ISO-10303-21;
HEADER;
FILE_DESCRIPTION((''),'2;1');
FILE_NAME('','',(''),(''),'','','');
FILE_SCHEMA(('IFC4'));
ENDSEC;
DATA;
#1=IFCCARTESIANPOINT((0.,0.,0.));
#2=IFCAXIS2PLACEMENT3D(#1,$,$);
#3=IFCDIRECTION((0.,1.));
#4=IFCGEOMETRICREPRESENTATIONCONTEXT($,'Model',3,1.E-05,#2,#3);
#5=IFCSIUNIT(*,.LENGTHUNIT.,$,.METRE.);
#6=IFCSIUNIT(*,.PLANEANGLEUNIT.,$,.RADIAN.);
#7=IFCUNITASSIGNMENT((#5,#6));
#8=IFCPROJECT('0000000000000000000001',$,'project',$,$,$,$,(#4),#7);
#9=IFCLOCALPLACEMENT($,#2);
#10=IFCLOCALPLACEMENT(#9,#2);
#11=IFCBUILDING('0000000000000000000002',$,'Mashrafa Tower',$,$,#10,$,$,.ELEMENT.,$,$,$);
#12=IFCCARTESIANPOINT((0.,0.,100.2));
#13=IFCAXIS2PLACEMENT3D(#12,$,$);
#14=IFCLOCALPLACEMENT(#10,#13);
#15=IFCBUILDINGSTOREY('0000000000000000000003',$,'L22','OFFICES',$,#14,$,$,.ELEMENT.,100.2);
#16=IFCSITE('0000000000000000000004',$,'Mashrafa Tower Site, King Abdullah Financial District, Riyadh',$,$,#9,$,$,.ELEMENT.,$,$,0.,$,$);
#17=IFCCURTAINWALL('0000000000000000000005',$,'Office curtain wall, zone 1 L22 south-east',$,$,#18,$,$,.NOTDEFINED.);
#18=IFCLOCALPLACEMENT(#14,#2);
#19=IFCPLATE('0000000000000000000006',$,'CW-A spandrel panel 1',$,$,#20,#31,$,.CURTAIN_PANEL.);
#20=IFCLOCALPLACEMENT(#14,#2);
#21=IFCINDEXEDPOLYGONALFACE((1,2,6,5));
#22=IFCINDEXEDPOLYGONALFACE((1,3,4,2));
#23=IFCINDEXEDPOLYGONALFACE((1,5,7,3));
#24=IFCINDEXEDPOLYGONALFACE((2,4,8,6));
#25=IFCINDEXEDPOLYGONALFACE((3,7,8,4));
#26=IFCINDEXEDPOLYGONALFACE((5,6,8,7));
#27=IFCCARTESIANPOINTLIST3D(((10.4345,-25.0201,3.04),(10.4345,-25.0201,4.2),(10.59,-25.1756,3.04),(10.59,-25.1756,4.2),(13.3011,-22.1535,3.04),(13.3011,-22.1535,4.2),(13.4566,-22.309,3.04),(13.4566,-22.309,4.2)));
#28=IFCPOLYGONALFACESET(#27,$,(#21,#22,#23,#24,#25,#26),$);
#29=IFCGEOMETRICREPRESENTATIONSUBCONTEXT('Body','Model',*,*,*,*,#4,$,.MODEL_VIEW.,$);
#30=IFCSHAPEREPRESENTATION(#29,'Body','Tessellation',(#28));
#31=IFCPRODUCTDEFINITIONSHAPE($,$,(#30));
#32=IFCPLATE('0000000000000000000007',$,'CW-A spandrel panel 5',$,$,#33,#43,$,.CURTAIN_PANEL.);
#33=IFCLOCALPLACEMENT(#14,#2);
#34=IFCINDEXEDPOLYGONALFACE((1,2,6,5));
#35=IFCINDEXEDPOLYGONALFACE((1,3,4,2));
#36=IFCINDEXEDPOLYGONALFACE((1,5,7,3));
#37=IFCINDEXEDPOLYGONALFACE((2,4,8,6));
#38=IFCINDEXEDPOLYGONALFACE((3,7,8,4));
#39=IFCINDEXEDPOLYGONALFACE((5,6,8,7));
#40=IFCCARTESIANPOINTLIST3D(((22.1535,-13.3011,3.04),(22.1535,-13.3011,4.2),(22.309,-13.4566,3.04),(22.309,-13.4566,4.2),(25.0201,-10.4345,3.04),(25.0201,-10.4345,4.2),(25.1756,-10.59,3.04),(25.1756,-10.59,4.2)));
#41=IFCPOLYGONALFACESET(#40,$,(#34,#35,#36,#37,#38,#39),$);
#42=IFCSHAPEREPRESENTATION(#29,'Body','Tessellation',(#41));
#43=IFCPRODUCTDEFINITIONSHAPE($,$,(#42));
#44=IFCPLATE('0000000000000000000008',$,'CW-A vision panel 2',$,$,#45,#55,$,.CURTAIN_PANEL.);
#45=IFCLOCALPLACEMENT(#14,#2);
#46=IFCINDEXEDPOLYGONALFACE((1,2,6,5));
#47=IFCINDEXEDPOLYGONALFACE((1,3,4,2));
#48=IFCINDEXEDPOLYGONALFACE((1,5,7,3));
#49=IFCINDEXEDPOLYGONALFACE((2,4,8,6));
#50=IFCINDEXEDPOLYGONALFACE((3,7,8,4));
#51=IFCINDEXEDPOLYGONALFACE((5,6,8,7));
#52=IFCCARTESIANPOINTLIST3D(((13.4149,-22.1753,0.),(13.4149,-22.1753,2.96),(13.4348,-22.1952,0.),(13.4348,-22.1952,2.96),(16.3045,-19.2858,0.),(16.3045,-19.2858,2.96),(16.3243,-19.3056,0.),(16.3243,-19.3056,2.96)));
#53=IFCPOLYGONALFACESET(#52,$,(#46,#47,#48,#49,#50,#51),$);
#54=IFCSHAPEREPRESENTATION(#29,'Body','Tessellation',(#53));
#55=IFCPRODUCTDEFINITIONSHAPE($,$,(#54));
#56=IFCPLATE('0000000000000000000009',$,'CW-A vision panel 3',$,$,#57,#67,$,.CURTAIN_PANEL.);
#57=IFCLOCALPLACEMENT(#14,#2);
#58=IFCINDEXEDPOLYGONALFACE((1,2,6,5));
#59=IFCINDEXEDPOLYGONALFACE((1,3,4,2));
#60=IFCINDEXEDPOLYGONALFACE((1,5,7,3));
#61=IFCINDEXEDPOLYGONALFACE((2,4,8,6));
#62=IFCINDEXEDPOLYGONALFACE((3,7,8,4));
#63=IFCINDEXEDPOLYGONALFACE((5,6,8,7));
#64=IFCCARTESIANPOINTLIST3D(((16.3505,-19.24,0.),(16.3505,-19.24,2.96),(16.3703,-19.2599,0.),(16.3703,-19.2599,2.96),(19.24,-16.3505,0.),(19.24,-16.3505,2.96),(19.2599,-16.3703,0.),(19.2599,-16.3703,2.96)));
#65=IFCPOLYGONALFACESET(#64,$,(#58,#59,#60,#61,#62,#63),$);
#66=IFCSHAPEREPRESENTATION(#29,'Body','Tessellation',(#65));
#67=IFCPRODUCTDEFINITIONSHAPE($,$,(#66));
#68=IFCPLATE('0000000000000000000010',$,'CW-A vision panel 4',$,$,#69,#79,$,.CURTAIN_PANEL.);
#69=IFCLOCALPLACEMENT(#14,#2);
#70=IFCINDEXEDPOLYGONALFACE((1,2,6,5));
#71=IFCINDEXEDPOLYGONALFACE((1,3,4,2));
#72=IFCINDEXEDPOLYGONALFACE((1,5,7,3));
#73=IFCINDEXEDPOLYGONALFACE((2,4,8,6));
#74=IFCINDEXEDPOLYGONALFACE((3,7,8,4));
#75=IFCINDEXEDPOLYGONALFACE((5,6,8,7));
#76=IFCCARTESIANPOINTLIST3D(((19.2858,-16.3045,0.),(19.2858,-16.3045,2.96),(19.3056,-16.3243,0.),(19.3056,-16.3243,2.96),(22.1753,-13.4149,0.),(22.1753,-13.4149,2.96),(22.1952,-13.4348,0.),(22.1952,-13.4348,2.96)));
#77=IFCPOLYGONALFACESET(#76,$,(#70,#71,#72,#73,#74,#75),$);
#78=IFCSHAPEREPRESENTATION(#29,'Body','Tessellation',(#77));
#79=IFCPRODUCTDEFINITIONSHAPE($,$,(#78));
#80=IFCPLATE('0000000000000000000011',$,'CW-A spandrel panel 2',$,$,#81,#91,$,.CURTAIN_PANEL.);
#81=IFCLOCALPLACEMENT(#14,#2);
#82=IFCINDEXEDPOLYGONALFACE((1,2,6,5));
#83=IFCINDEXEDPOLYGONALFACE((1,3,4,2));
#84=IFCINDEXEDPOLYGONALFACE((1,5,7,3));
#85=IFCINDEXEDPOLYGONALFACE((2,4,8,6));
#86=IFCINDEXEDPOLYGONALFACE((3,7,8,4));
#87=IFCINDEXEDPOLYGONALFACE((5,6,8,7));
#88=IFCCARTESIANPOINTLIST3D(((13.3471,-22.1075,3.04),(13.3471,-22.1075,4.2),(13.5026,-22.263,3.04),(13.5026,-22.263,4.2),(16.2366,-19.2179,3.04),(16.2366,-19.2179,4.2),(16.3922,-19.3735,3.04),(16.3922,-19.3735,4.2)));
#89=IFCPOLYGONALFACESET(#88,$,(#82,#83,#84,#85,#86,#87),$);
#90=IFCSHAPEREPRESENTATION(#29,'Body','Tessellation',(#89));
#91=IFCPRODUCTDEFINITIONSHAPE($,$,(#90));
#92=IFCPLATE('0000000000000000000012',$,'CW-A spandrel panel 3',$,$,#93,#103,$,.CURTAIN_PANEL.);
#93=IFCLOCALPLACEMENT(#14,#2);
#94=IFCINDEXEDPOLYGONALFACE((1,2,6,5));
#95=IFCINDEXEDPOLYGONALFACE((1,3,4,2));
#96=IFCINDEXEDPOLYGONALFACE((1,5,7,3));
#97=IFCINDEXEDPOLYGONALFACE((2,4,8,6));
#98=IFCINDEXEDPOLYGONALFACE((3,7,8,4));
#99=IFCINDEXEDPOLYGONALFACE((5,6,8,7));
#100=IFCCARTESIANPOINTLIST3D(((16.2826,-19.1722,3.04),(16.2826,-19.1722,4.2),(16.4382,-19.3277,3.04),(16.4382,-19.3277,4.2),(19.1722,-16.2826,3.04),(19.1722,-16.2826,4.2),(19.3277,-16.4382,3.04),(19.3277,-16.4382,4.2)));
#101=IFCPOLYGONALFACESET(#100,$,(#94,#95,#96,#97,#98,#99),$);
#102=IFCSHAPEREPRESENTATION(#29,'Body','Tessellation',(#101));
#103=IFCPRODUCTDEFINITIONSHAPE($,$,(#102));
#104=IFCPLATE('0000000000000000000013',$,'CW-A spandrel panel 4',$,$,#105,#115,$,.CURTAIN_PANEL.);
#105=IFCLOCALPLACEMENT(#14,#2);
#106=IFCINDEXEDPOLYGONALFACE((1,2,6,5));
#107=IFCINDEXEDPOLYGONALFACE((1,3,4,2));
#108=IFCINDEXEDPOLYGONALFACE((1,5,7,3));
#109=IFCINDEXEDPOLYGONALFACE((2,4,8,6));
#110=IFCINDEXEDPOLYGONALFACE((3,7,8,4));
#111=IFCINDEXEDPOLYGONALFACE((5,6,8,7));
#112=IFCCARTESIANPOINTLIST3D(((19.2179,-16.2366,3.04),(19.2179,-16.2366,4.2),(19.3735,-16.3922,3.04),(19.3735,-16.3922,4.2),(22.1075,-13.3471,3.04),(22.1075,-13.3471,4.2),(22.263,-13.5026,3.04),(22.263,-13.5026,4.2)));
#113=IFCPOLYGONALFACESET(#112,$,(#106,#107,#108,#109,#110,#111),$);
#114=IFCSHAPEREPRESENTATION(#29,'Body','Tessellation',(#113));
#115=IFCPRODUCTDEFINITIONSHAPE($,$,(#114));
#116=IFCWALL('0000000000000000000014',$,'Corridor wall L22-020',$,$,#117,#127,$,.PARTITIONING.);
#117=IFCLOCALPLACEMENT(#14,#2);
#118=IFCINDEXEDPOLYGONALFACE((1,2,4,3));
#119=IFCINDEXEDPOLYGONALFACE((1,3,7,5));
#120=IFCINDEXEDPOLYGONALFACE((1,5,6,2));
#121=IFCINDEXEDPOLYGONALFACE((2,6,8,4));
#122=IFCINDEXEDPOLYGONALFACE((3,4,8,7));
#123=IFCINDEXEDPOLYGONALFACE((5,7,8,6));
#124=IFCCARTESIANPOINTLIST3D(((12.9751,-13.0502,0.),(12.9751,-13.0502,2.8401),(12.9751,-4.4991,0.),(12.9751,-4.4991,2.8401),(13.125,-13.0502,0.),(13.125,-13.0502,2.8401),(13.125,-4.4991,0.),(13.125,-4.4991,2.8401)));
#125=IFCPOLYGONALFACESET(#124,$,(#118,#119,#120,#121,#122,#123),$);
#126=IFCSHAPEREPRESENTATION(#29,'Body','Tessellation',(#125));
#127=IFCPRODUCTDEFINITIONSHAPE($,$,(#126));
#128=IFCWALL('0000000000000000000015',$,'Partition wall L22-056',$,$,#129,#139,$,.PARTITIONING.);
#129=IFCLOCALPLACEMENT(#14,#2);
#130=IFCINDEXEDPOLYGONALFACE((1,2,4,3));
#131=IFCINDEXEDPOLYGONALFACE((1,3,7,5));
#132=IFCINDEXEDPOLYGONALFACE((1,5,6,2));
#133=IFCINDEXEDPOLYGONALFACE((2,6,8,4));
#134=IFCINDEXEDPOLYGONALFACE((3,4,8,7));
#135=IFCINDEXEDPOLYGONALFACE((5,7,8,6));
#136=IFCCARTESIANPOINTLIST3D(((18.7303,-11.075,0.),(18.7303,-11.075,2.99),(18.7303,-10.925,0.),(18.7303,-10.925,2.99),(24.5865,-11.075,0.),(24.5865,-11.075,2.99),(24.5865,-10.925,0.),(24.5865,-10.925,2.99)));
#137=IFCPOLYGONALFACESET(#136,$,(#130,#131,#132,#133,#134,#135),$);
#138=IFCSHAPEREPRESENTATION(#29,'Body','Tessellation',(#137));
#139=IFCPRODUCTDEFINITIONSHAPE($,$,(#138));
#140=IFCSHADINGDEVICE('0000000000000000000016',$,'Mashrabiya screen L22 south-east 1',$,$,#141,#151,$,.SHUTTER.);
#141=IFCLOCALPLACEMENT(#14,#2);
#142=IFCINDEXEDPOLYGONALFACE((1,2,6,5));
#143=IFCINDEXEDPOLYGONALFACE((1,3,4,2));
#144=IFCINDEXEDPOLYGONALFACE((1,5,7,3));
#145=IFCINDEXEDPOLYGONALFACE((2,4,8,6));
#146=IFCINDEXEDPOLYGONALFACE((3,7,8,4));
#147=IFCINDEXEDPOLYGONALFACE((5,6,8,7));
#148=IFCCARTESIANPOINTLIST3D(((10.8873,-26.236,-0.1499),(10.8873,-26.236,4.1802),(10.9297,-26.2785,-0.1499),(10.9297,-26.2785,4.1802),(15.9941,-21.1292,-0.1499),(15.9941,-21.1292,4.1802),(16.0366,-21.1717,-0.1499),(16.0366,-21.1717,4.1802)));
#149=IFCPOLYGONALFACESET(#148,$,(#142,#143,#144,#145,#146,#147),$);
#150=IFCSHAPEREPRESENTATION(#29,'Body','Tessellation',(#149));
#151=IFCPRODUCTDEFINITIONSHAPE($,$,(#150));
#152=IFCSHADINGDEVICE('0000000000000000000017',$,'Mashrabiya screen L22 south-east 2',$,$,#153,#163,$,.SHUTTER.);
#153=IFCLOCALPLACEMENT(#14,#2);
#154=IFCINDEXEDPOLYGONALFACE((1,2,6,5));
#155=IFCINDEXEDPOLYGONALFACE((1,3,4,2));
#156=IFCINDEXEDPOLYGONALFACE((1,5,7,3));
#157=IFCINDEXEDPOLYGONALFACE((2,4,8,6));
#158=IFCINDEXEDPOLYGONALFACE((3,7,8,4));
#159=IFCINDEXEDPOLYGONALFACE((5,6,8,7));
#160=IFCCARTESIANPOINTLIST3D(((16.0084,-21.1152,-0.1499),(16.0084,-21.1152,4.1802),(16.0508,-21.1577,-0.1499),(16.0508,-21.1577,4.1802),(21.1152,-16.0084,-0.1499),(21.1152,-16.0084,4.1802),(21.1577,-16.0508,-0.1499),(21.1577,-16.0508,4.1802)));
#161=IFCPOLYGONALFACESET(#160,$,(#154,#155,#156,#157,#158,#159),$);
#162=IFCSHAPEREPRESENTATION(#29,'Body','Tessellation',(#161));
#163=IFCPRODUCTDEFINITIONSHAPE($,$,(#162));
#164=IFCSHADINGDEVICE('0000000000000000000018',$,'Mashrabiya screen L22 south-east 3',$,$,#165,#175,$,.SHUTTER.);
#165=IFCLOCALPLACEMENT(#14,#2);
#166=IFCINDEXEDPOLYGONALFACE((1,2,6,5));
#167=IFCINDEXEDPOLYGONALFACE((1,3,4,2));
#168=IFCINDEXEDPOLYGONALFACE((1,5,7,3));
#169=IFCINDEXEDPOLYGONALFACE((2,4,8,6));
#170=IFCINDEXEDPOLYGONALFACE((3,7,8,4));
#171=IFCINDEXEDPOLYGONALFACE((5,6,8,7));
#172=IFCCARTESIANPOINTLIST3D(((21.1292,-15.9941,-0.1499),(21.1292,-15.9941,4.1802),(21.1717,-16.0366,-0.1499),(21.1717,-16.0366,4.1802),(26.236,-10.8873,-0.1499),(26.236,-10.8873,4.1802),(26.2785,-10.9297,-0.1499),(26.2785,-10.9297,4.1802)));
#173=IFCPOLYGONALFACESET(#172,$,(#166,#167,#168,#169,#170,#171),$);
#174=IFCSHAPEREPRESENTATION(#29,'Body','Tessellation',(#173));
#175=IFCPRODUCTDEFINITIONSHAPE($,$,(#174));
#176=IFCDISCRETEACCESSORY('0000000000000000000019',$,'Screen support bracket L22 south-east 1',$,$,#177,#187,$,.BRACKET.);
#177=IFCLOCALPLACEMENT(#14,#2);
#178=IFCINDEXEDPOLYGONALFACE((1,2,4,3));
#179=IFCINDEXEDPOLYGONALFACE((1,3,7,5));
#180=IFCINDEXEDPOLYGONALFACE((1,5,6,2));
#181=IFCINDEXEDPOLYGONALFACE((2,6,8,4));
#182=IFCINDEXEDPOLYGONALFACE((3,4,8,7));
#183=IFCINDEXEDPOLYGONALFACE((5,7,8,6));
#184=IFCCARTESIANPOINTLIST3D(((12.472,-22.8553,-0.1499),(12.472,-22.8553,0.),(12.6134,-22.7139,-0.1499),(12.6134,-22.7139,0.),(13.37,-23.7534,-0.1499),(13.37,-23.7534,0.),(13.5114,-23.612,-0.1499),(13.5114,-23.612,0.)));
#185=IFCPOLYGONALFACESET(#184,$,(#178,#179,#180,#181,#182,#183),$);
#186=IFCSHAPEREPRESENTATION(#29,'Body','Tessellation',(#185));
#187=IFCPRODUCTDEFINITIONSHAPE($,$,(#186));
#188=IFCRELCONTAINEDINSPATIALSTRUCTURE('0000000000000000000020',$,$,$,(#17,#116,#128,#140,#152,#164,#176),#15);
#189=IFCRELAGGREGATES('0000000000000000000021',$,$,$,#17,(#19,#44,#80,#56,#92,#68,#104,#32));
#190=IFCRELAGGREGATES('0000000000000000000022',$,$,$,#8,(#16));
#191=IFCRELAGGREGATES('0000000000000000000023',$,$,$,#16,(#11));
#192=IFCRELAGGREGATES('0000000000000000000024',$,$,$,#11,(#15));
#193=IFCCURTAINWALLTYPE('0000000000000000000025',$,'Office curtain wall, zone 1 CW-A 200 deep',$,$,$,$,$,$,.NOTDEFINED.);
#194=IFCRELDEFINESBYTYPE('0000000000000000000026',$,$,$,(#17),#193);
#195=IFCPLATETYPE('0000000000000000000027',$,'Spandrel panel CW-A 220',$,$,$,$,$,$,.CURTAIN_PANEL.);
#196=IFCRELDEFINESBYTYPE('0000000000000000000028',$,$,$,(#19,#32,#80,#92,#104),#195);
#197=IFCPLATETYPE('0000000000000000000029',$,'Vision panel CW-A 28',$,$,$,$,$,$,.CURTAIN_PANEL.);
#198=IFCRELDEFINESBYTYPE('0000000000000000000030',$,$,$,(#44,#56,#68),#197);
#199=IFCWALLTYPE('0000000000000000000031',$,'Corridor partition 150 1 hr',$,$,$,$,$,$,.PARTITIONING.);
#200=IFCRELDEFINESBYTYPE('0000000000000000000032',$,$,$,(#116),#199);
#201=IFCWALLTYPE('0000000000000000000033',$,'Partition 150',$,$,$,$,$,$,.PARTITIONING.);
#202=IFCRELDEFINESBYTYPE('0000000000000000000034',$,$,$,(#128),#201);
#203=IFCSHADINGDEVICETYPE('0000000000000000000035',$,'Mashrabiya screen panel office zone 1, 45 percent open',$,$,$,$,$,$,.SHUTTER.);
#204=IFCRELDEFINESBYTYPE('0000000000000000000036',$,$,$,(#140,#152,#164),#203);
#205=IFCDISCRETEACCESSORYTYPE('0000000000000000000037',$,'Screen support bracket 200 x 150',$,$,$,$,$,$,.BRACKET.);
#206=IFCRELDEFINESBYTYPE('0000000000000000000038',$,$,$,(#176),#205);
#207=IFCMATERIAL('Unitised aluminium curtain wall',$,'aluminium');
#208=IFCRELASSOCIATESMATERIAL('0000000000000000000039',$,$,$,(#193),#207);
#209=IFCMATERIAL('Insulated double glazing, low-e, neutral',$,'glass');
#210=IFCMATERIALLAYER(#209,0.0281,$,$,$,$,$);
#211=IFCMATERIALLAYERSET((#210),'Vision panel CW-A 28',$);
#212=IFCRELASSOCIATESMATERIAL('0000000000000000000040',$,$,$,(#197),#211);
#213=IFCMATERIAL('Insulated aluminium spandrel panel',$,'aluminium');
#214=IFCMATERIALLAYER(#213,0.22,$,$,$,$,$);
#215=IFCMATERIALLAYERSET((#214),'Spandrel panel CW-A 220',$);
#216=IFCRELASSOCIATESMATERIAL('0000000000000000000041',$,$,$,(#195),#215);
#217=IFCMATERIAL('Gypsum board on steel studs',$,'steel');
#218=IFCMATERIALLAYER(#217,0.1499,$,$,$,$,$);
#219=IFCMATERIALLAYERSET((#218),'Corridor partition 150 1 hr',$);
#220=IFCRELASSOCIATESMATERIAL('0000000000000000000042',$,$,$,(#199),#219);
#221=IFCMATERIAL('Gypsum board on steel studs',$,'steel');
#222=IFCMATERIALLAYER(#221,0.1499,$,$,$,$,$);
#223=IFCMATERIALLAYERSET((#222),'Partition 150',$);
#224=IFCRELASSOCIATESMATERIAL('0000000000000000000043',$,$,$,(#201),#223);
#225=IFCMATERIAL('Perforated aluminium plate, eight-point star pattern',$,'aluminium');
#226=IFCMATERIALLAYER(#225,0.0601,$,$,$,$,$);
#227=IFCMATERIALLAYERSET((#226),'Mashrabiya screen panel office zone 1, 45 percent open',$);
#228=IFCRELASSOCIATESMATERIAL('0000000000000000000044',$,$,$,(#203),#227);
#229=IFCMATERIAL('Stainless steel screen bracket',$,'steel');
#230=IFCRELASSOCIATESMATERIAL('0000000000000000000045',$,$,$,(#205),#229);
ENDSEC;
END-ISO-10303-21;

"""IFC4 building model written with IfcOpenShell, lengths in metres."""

from ifc_helpers import new_model, si_unit, direction, frame, frame_2d, origin, origin_2d, place, context, subcontext, project, spatial, rectangle, extrude, source, transform, mapped, material, layer, layer_set, type_object, type_shapes, element, aggregate, save


model = new_model("IFC4")

# Units and contexts
model_context = context("Model", 3, precision=1e-05, world=origin(), true_north=direction((0.0, 1.0)))
body_context = subcontext(model_context, "Body", "Model", "MODEL_VIEW")
ifc_project = project(units=[si_unit("LENGTHUNIT", "METRE"), si_unit("PLANEANGLEUNIT", "RADIAN")], contexts=[model_context])

# Site, building, storey
site_placement = place(None, origin())
site = spatial("IfcSite", under=ifc_project, at=site_placement, Name="Mashrafa Tower Site, King Abdullah Financial District, Riyadh", CompositionType="ELEMENT", RefElevation=0.0)
building_placement = place(site_placement, origin())
building = spatial("IfcBuilding", under=site, at=building_placement, Name="Mashrafa Tower", CompositionType="ELEMENT")
storey_placement = place(building_placement, frame((0.0, 0.0, 100.2)))
storey = spatial("IfcBuildingStorey", under=building, at=storey_placement, Name="L22", Description="OFFICES", CompositionType="ELEMENT", Elevation=100.2)

# Curtain wall, plates
ifc_material_1 = material(Name="Unitised aluminium curtain wall", Category="aluminium")
curtain_wall_type = type_object("IfcCurtainWallType", Name="Office curtain wall, zone 1 CW-A 200 deep", PredefinedType="NOTDEFINED", material=ifc_material_1)
curtain_wall_placement = place(storey_placement, origin())
curtain_wall = element("IfcCurtainWall", 1, at=curtain_wall_placement, inside=storey, type_object=curtain_wall_type, Name="Office curtain wall, zone 1 L22 south-east", PredefinedType="NOTDEFINED")
ifc_material_2 = material(Name="Insulated double glazing, low-e, neutral", Category="glass")
ifc_layer_1 = layer(ifc_material_2, 0.0281)
ifc_layer_set_1 = layer_set([ifc_layer_1], Name="Vision panel CW-A 28")
plate_type_1 = type_object("IfcPlateType", Name="Vision panel CW-A 28", PredefinedType="CURTAIN_PANEL", material=ifc_layer_set_1)
ifc_material_3 = material(Name="Insulated aluminium spandrel panel", Category="aluminium")
ifc_layer_2 = layer(ifc_material_3, 0.22)
ifc_layer_set_2 = layer_set([ifc_layer_2], Name="Spandrel panel CW-A 220")
plate_type_2 = type_object("IfcPlateType", Name="Spandrel panel CW-A 220", PredefinedType="CURTAIN_PANEL", material=ifc_layer_set_2)
shared_shape_1 = source(origin(), body_context, "Body", "SweptSolid", [
    extrude(rectangle(XDim=4.054, YDim=0.22, at=origin_2d()), origin(), (0.0, 0.0, 1.0), 1.1599),
])
plate_1_placement = place(storey_placement, frame((11.9456, -23.6646, 3.04), z_axis=(0.0, 0.0, 1.0), x_axis=(0.707107, 0.707107, 0.0)))
plate_1 = element("IfcPlate", 2, at=plate_1_placement, type_object=plate_type_2, Name="CW-A spandrel panel 1", PredefinedType="CURTAIN_PANEL", context=body_context, shape_type="MappedRepresentation", body=[
    mapped(shared_shape_1, transform((0.0, 0.0, 0.0))),
])
plate_2_placement = place(storey_placement, frame((23.6646, -11.9456, 3.04), z_axis=(0.0, 0.0, 1.0), x_axis=(0.707107, 0.707107, 0.0)))
plate_2 = element("IfcPlate", 3, at=plate_2_placement, type_object=plate_type_2, Name="CW-A spandrel panel 5", PredefinedType="CURTAIN_PANEL", context=body_context, shape_type="MappedRepresentation", body=[
    mapped(shared_shape_1, transform((0.0, 0.0, 0.0))),
])
shared_shape_2 = source(origin(), body_context, "Body", "SweptSolid", [
    extrude(rectangle(XDim=4.0864, YDim=0.0281, at=origin_2d()), origin(), (0.0, 0.0, 1.0), 2.96),
])
plate_3_placement = place(storey_placement, frame((14.8696, -20.7405, 0.0), z_axis=(0.0, 0.0, 1.0), x_axis=(0.707107, 0.707107, 0.0)))
plate_3 = element("IfcPlate", 4, at=plate_3_placement, type_object=plate_type_1, Name="CW-A vision panel 2", PredefinedType="CURTAIN_PANEL", context=body_context, shape_type="MappedRepresentation", body=[
    mapped(shared_shape_2, transform((0.0, 0.0, 0.0))),
])
plate_4_placement = place(storey_placement, frame((17.8052, -17.8052, 0.0), z_axis=(0.0, 0.0, 1.0), x_axis=(0.707107, 0.707107, 0.0)))
plate_4 = element("IfcPlate", 5, at=plate_4_placement, type_object=plate_type_1, Name="CW-A vision panel 3", PredefinedType="CURTAIN_PANEL", context=body_context, shape_type="MappedRepresentation", body=[
    mapped(shared_shape_2, transform((0.0, 0.0, 0.0))),
])
plate_5_placement = place(storey_placement, frame((20.7405, -14.8696, 0.0), z_axis=(0.0, 0.0, 1.0), x_axis=(0.707107, 0.707107, 0.0)))
plate_5 = element("IfcPlate", 6, at=plate_5_placement, type_object=plate_type_1, Name="CW-A vision panel 4", PredefinedType="CURTAIN_PANEL", context=body_context, shape_type="MappedRepresentation", body=[
    mapped(shared_shape_2, transform((0.0, 0.0, 0.0))),
])
shared_shape_3 = source(origin(), body_context, "Body", "SweptSolid", [
    extrude(rectangle(XDim=4.0864, YDim=0.22, at=origin_2d()), origin(), (0.0, 0.0, 1.0), 1.1599),
])
type_shapes(plate_type_2, [shared_shape_1, shared_shape_3])
plate_6_placement = place(storey_placement, frame((14.8696, -20.7405, 3.04), z_axis=(0.0, 0.0, 1.0), x_axis=(0.707107, 0.707107, 0.0)))
plate_6 = element("IfcPlate", 7, at=plate_6_placement, type_object=plate_type_2, Name="CW-A spandrel panel 2", PredefinedType="CURTAIN_PANEL", context=body_context, shape_type="MappedRepresentation", body=[
    mapped(shared_shape_3, transform((0.0, 0.0, 0.0))),
])
plate_7_placement = place(storey_placement, frame((17.8052, -17.8052, 3.04), z_axis=(0.0, 0.0, 1.0), x_axis=(0.707107, 0.707107, 0.0)))
plate_7 = element("IfcPlate", 8, at=plate_7_placement, type_object=plate_type_2, Name="CW-A spandrel panel 3", PredefinedType="CURTAIN_PANEL", context=body_context, shape_type="MappedRepresentation", body=[
    mapped(shared_shape_3, transform((0.0, 0.0, 0.0))),
])
plate_8_placement = place(storey_placement, frame((20.7405, -14.8696, 3.04), z_axis=(0.0, 0.0, 1.0), x_axis=(0.707107, 0.707107, 0.0)))
plate_8 = element("IfcPlate", 9, at=plate_8_placement, type_object=plate_type_2, Name="CW-A spandrel panel 4", PredefinedType="CURTAIN_PANEL", context=body_context, shape_type="MappedRepresentation", body=[
    mapped(shared_shape_3, transform((0.0, 0.0, 0.0))),
])
aggregate(curtain_wall, [plate_1, plate_3, plate_6, plate_4, plate_7, plate_5, plate_8, plate_2])

# Walls
ifc_material_4 = material(Name="Gypsum board on steel studs", Category="steel")
ifc_layer_3 = layer(ifc_material_4, 0.1499)
ifc_layer_set_3 = layer_set([ifc_layer_3], Name="Corridor partition 150 1 hr")
wall_type_1 = type_object("IfcWallType", Name="Corridor partition 150 1 hr", PredefinedType="PARTITIONING", material=ifc_layer_set_3)
wall_1_placement = place(storey_placement, frame((13.05, -13.05, 0.0), z_axis=(0.0, 0.0, 1.0), x_axis=(0.0, 1.0, 0.0)))
element("IfcWall", 10, at=wall_1_placement, inside=storey, type_object=wall_type_1, Name="Corridor wall L22-020", PredefinedType="PARTITIONING", context=body_context, shape_type="SweptSolid", body=[
    extrude(rectangle(XDim=8.551, YDim=0.1499, at=frame_2d((4.2754, 0.0))), origin(), (0.0, 0.0, 1.0), 2.8401),
])
ifc_material_5 = material(Name="Gypsum board on steel studs", Category="steel")
ifc_layer_4 = layer(ifc_material_5, 0.1499)
ifc_layer_set_4 = layer_set([ifc_layer_4], Name="Partition 150")
wall_type_2 = type_object("IfcWallType", Name="Partition 150", PredefinedType="PARTITIONING", material=ifc_layer_set_4)
wall_2_placement = place(storey_placement, frame((18.7302, -11.0, 0.0), z_axis=(0.0, 0.0, 1.0), x_axis=(1.0, 0.0, 0.0)))
element("IfcWall", 11, at=wall_2_placement, inside=storey, type_object=wall_type_2, Name="Partition wall L22-056", PredefinedType="PARTITIONING", context=body_context, shape_type="SweptSolid", body=[
    extrude(rectangle(XDim=5.8562, YDim=0.1499, at=frame_2d((2.9282, 0.0))), origin(), (0.0, 0.0, 1.0), 2.99),
])

# Shading devices
ifc_material_6 = material(Name="Perforated aluminium plate, eight-point star pattern", Category="aluminium")
ifc_layer_5 = layer(ifc_material_6, 0.0601)
ifc_layer_set_5 = layer_set([ifc_layer_5], Name="Mashrabiya screen panel office zone 1, 45 percent open")
shading_device_type = type_object("IfcShadingDeviceType", Name="Mashrabiya screen panel office zone 1, 45 percent open", PredefinedType="SHUTTER", material=ifc_layer_set_5)
shared_shape_4 = source(origin(), body_context, "Body", "SweptSolid", [
    extrude(rectangle(XDim=7.2222, YDim=0.0601, at=origin_2d()), origin(), (0.0, 0.0, 1.0), 4.3301),
])
type_shapes(shading_device_type, [shared_shape_4])
for number, where, z_axis, x_axis, name in (
    (12, (13.4619, -23.7039, -0.1499), (0.0, 0.0, 1.0), (0.707107, 0.707107, 0.0), "Mashrabiya screen L22 south-east 1"),
    (13, (18.583, -18.583, -0.1499), (0.0, 0.0, 1.0), (0.707107, 0.707107, 0.0), "Mashrabiya screen L22 south-east 2"),
    (14, (23.7039, -13.4619, -0.1499), (0.0, 0.0, 1.0), (0.707107, 0.707107, 0.0), "Mashrabiya screen L22 south-east 3"),
):
    element("IfcShadingDevice", number, at=place(storey_placement, frame(where, z_axis=z_axis, x_axis=x_axis)), inside=storey, type_object=shading_device_type, Name=name, PredefinedType="SHUTTER", context=body_context, shape_type="MappedRepresentation", body=[
        mapped(shared_shape_4, transform((0.0, 0.0, 0.0))),
    ])

# Discrete accessory
ifc_material_7 = material(Name="Stainless steel screen bracket", Category="steel")
discrete_accessory_type = type_object("IfcDiscreteAccessoryType", Name="Screen support bracket 200 x 150", PredefinedType="BRACKET", material=ifc_material_7)
shared_shape_5 = source(origin(), body_context, "Body", "SweptSolid", [
    extrude(rectangle(XDim=0.2, YDim=1.27, at=origin_2d()), origin(), (0.0, 0.0, 1.0), 0.1499),
])
type_shapes(discrete_accessory_type, [shared_shape_5])
for number, where, z_axis, x_axis, name in (
    (15, (12.9917, -23.2336, -0.1499), (0.0, 0.0, 1.0), (0.707107, 0.707107, 0.0), "Screen support bracket L22 south-east 1"),
):
    element("IfcDiscreteAccessory", number, at=place(storey_placement, frame(where, z_axis=z_axis, x_axis=x_axis)), inside=storey, type_object=discrete_accessory_type, Name=name, PredefinedType="BRACKET", context=body_context, shape_type="MappedRepresentation", body=[
        mapped(shared_shape_5, transform((0.0, 0.0, 0.0))),
    ])

save(model, "model.ifc")
